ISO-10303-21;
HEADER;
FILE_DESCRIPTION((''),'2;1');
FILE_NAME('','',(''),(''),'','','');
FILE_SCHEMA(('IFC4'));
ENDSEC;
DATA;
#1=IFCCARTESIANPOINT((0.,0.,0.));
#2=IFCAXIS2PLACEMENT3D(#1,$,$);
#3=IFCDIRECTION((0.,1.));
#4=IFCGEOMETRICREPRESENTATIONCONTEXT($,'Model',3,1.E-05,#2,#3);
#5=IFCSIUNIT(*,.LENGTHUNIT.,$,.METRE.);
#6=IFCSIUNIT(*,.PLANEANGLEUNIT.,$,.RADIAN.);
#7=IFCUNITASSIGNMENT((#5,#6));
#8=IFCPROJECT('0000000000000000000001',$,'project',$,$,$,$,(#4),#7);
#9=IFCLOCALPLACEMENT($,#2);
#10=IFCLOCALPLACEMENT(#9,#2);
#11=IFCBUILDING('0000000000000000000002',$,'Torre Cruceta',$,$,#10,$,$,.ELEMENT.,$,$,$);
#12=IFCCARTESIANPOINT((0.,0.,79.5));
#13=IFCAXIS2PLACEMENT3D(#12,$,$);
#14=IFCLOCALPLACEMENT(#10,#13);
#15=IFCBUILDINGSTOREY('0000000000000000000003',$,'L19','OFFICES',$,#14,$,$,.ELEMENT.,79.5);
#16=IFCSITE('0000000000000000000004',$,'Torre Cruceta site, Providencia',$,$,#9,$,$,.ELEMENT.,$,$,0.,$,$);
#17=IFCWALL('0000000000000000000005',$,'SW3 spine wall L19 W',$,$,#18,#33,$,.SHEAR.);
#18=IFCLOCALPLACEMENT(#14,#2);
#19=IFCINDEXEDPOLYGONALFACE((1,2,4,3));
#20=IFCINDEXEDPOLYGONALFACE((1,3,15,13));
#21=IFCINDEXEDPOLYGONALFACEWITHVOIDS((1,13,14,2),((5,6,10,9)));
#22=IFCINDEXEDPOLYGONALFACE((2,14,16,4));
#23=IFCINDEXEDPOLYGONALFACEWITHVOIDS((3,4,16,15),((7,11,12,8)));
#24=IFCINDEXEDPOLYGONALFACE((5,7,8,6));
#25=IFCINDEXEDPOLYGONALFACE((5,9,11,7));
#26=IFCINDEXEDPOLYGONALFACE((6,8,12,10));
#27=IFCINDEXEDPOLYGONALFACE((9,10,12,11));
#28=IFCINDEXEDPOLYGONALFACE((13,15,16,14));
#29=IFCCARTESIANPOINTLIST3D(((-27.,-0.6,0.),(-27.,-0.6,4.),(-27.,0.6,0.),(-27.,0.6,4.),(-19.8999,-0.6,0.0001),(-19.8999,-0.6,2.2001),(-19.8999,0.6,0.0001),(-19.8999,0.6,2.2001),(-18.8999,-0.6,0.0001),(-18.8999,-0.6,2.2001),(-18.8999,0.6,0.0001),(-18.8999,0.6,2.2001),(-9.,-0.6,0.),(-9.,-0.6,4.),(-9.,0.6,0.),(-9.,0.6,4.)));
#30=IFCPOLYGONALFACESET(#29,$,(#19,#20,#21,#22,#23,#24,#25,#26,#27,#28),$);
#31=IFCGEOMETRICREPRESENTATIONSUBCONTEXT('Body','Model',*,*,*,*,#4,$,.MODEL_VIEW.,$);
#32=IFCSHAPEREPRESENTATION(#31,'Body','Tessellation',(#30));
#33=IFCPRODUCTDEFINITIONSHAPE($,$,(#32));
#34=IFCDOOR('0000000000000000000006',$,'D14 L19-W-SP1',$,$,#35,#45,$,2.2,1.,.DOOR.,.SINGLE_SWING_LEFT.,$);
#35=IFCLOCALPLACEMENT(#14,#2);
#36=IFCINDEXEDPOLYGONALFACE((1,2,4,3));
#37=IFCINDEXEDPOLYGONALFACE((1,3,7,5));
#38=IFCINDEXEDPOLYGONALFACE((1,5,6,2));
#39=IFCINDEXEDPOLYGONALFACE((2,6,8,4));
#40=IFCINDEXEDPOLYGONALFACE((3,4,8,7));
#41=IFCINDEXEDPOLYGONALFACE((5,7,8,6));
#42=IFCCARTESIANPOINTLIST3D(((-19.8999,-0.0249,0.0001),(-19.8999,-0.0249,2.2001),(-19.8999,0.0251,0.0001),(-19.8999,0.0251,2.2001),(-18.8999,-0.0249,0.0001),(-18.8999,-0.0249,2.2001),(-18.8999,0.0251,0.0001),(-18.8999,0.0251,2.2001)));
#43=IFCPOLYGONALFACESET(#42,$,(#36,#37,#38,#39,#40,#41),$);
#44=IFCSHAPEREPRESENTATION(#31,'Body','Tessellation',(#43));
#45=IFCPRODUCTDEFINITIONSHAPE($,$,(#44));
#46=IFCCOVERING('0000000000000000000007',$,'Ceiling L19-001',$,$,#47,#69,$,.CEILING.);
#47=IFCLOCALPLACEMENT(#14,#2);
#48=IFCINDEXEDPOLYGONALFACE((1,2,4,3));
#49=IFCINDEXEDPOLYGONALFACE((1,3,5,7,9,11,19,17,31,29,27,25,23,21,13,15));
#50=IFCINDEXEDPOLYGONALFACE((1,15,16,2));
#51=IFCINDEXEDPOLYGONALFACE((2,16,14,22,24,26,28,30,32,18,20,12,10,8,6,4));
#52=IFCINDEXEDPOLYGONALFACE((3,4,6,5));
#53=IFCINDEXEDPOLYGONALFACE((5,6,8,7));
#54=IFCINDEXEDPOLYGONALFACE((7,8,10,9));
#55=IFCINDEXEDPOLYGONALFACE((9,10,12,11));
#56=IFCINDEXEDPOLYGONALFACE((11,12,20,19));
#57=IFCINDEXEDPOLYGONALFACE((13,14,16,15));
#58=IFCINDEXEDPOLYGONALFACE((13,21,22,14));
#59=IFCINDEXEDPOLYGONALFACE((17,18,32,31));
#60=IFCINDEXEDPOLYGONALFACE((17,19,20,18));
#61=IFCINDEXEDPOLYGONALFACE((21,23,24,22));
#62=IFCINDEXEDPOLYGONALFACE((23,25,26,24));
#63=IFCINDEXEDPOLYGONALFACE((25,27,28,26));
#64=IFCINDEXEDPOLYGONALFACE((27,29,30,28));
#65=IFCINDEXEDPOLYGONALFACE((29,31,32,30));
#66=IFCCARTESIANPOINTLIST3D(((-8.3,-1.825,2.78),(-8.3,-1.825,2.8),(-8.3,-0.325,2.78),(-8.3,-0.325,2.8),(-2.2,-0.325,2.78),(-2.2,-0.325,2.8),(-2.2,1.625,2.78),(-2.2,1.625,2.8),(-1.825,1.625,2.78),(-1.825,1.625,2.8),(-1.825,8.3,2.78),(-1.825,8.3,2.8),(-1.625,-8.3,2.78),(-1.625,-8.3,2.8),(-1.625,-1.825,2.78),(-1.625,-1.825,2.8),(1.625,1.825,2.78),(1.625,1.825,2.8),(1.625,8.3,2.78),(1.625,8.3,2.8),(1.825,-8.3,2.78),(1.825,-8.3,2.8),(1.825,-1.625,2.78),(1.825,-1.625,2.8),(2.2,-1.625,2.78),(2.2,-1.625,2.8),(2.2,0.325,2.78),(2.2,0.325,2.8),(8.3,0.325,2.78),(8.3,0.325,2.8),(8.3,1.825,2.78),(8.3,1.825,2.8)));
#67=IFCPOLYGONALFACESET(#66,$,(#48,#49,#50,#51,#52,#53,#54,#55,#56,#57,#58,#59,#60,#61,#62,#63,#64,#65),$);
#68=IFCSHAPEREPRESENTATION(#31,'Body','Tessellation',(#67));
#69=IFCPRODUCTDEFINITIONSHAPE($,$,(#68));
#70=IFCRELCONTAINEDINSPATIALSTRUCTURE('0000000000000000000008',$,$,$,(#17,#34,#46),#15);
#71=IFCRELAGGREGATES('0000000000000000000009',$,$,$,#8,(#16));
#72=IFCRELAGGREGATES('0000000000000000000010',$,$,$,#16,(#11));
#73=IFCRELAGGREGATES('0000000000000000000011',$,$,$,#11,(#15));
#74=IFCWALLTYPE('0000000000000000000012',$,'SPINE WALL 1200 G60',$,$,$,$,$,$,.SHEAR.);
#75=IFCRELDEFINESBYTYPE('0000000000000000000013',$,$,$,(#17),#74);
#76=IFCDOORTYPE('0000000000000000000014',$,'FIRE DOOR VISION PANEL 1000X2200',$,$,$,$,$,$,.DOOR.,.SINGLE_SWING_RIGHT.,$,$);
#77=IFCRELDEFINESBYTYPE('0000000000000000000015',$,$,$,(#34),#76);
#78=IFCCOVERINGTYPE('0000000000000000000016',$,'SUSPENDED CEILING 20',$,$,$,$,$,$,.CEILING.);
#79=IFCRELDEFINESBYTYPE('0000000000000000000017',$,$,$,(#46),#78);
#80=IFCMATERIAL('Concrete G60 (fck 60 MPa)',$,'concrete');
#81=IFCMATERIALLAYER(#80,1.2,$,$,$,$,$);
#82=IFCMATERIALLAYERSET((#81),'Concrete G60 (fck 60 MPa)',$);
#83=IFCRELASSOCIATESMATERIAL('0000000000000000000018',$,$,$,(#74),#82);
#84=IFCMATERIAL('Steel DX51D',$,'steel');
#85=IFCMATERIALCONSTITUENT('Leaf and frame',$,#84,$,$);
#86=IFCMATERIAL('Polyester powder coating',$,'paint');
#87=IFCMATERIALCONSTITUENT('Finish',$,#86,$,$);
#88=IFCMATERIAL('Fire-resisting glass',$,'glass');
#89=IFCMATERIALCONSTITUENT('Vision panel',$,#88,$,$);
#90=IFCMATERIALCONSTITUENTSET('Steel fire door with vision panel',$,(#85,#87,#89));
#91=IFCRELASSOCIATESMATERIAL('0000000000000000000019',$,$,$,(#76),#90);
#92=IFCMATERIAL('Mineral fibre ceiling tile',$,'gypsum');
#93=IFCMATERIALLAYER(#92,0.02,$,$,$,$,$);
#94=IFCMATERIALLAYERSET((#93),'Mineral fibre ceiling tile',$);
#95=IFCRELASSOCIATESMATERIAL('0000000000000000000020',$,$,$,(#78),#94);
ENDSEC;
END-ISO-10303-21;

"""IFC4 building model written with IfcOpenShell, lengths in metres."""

from ifc_helpers import new_model, si_unit, direction, frame, frame_2d, origin, place, context, subcontext, project, spatial, polyline, rectangle, outline, extrude, material, layer, layer_set, constituent, constituent_set, type_object, element, fill, save


model = new_model("IFC4")

# Units and contexts
model_context = context("Model", 3, precision=1e-05, world=origin(), true_north=direction((0.0, 1.0)))
body_context = subcontext(model_context, "Body", "Model", "MODEL_VIEW")
ifc_project = project(units=[si_unit("LENGTHUNIT", "METRE"), si_unit("PLANEANGLEUNIT", "RADIAN")], contexts=[model_context])

# Site, building, storey
site_placement = place(None, origin())
site = spatial("IfcSite", under=ifc_project, at=site_placement, Name="Torre Cruceta site, Providencia", CompositionType="ELEMENT", RefElevation=0.0)
building_placement = place(site_placement, origin())
building = spatial("IfcBuilding", under=site, at=building_placement, Name="Torre Cruceta", CompositionType="ELEMENT")
storey_placement = place(building_placement, frame((0.0, 0.0, 79.5)))
storey = spatial("IfcBuildingStorey", under=building, at=storey_placement, Name="L19", Description="OFFICES", CompositionType="ELEMENT", Elevation=79.5)

# Wall, opening, door
ifc_material_1 = material(Name="Concrete G60 (fck 60 MPa)", Category="concrete")
ifc_layer_1 = layer(ifc_material_1, 1.2)
ifc_layer_set_1 = layer_set([ifc_layer_1], Name="Concrete G60 (fck 60 MPa)")
wall_type_1 = type_object("IfcWallType", Name="SPINE WALL 1200 G60", PredefinedType="SHEAR", material=ifc_layer_set_1)
wall_1_placement = place(storey_placement, frame((-9.0, 0.0, 0.0), z_axis=(0.0, 0.0, 1.0), x_axis=(-1.0, 0.0, 0.0)))
wall_1 = element("IfcWall", 1, at=wall_1_placement, inside=storey, type_object=wall_type_1, Name="SW3 spine wall L19 W", PredefinedType="SHEAR", context=body_context, shape_type="SweptSolid", body=[
    extrude(rectangle(XDim=18.0, YDim=1.2, at=frame_2d((9.0, 0.0))), origin(), (0.0, 0.0, 1.0), 4.0),
])
opening_1_placement = place(wall_1_placement, frame((9.8999, 0.0, 0.0)))
opening_1 = element("IfcOpeningElement", 2, at=opening_1_placement, cuts=wall_1, PredefinedType="OPENING", context=body_context, shape_type="SweptSolid", body=[
    extrude(rectangle(XDim=1.0, YDim=2.2, at=frame_2d((0.5, 1.1001))), frame((0.0, 0.6099, 0.0), z_axis=(0.0, -1.0, 0.0), x_axis=(1.0, 0.0, 0.0)), (0.0, 0.0, 1.0), 1.22),
])
ifc_material_2 = material(Name="Steel DX51D", Category="steel")
ifc_constituent_1 = constituent(ifc_material_2, Name="Leaf and frame")
ifc_material_3 = material(Name="Polyester powder coating", Category="paint")
ifc_constituent_2 = constituent(ifc_material_3, Name="Finish")
ifc_material_4 = material(Name="Fire-resisting glass", Category="glass")
ifc_constituent_3 = constituent(ifc_material_4, Name="Vision panel")
ifc_constituent_set_1 = constituent_set(constituents=[ifc_constituent_1, ifc_constituent_2, ifc_constituent_3], Name="Steel fire door with vision panel")
door_type_1 = type_object("IfcDoorType", Name="FIRE DOOR VISION PANEL 1000X2200", OperationType="SINGLE_SWING_RIGHT", PredefinedType="DOOR", material=ifc_constituent_set_1)
door_1_placement = place(opening_1_placement, frame((1.0, 0.0, 0.0), z_axis=(0.0, 0.0, 1.0), x_axis=(-1.0, 0.0, 0.0)))
door_1 = element("IfcDoor", 3, at=door_1_placement, inside=storey, type_object=door_type_1, Name="D14 L19-W-SP1", OperationType="SINGLE_SWING_LEFT", OverallHeight=2.2, OverallWidth=1.0, PredefinedType="DOOR", context=body_context, shape_type="SweptSolid", body=[
    extrude(rectangle(XDim=1.0, YDim=2.2, at=frame_2d((0.5, 1.1001))), frame((0.0, 0.0251, 0.0), z_axis=(0.0, -1.0, 0.0), x_axis=(1.0, 0.0, 0.0)), (0.0, 0.0, 1.0), 0.05),
])
fill(opening_1, door_1)

# Covering
ifc_material_5 = material(Name="Mineral fibre ceiling tile", Category="gypsum")
ifc_layer_2 = layer(ifc_material_5, 0.02)
ifc_layer_set_2 = layer_set([ifc_layer_2], Name="Mineral fibre ceiling tile")
covering_type = type_object("IfcCoveringType", Name="SUSPENDED CEILING 20", PredefinedType="CEILING", material=ifc_layer_set_2)
covering_placement = place(storey_placement, frame((0.0, 0.0, 2.78)))
element("IfcCovering", 4, at=covering_placement, inside=storey, type_object=covering_type, Name="Ceiling L19-001", PredefinedType="CEILING", context=body_context, shape_type="SweptSolid", body=[
    extrude(outline(polyline([(1.825, -8.3), (-1.625, -8.3), (-1.625, -1.825), (-8.3, -1.825), (-8.3, -0.325), (-2.2, -0.325), (-2.2, 1.625), (-1.825, 1.625), (-1.825, 8.3), (1.625, 8.3), (1.625, 1.825), (8.3, 1.825), (8.3, 0.325), (2.2, 0.325), (2.2, -1.625), (1.825, -1.625), (1.825, -8.3)])), origin(), (0.0, 0.0, 1.0), 0.02),
])

save(model, "model.ifc")
